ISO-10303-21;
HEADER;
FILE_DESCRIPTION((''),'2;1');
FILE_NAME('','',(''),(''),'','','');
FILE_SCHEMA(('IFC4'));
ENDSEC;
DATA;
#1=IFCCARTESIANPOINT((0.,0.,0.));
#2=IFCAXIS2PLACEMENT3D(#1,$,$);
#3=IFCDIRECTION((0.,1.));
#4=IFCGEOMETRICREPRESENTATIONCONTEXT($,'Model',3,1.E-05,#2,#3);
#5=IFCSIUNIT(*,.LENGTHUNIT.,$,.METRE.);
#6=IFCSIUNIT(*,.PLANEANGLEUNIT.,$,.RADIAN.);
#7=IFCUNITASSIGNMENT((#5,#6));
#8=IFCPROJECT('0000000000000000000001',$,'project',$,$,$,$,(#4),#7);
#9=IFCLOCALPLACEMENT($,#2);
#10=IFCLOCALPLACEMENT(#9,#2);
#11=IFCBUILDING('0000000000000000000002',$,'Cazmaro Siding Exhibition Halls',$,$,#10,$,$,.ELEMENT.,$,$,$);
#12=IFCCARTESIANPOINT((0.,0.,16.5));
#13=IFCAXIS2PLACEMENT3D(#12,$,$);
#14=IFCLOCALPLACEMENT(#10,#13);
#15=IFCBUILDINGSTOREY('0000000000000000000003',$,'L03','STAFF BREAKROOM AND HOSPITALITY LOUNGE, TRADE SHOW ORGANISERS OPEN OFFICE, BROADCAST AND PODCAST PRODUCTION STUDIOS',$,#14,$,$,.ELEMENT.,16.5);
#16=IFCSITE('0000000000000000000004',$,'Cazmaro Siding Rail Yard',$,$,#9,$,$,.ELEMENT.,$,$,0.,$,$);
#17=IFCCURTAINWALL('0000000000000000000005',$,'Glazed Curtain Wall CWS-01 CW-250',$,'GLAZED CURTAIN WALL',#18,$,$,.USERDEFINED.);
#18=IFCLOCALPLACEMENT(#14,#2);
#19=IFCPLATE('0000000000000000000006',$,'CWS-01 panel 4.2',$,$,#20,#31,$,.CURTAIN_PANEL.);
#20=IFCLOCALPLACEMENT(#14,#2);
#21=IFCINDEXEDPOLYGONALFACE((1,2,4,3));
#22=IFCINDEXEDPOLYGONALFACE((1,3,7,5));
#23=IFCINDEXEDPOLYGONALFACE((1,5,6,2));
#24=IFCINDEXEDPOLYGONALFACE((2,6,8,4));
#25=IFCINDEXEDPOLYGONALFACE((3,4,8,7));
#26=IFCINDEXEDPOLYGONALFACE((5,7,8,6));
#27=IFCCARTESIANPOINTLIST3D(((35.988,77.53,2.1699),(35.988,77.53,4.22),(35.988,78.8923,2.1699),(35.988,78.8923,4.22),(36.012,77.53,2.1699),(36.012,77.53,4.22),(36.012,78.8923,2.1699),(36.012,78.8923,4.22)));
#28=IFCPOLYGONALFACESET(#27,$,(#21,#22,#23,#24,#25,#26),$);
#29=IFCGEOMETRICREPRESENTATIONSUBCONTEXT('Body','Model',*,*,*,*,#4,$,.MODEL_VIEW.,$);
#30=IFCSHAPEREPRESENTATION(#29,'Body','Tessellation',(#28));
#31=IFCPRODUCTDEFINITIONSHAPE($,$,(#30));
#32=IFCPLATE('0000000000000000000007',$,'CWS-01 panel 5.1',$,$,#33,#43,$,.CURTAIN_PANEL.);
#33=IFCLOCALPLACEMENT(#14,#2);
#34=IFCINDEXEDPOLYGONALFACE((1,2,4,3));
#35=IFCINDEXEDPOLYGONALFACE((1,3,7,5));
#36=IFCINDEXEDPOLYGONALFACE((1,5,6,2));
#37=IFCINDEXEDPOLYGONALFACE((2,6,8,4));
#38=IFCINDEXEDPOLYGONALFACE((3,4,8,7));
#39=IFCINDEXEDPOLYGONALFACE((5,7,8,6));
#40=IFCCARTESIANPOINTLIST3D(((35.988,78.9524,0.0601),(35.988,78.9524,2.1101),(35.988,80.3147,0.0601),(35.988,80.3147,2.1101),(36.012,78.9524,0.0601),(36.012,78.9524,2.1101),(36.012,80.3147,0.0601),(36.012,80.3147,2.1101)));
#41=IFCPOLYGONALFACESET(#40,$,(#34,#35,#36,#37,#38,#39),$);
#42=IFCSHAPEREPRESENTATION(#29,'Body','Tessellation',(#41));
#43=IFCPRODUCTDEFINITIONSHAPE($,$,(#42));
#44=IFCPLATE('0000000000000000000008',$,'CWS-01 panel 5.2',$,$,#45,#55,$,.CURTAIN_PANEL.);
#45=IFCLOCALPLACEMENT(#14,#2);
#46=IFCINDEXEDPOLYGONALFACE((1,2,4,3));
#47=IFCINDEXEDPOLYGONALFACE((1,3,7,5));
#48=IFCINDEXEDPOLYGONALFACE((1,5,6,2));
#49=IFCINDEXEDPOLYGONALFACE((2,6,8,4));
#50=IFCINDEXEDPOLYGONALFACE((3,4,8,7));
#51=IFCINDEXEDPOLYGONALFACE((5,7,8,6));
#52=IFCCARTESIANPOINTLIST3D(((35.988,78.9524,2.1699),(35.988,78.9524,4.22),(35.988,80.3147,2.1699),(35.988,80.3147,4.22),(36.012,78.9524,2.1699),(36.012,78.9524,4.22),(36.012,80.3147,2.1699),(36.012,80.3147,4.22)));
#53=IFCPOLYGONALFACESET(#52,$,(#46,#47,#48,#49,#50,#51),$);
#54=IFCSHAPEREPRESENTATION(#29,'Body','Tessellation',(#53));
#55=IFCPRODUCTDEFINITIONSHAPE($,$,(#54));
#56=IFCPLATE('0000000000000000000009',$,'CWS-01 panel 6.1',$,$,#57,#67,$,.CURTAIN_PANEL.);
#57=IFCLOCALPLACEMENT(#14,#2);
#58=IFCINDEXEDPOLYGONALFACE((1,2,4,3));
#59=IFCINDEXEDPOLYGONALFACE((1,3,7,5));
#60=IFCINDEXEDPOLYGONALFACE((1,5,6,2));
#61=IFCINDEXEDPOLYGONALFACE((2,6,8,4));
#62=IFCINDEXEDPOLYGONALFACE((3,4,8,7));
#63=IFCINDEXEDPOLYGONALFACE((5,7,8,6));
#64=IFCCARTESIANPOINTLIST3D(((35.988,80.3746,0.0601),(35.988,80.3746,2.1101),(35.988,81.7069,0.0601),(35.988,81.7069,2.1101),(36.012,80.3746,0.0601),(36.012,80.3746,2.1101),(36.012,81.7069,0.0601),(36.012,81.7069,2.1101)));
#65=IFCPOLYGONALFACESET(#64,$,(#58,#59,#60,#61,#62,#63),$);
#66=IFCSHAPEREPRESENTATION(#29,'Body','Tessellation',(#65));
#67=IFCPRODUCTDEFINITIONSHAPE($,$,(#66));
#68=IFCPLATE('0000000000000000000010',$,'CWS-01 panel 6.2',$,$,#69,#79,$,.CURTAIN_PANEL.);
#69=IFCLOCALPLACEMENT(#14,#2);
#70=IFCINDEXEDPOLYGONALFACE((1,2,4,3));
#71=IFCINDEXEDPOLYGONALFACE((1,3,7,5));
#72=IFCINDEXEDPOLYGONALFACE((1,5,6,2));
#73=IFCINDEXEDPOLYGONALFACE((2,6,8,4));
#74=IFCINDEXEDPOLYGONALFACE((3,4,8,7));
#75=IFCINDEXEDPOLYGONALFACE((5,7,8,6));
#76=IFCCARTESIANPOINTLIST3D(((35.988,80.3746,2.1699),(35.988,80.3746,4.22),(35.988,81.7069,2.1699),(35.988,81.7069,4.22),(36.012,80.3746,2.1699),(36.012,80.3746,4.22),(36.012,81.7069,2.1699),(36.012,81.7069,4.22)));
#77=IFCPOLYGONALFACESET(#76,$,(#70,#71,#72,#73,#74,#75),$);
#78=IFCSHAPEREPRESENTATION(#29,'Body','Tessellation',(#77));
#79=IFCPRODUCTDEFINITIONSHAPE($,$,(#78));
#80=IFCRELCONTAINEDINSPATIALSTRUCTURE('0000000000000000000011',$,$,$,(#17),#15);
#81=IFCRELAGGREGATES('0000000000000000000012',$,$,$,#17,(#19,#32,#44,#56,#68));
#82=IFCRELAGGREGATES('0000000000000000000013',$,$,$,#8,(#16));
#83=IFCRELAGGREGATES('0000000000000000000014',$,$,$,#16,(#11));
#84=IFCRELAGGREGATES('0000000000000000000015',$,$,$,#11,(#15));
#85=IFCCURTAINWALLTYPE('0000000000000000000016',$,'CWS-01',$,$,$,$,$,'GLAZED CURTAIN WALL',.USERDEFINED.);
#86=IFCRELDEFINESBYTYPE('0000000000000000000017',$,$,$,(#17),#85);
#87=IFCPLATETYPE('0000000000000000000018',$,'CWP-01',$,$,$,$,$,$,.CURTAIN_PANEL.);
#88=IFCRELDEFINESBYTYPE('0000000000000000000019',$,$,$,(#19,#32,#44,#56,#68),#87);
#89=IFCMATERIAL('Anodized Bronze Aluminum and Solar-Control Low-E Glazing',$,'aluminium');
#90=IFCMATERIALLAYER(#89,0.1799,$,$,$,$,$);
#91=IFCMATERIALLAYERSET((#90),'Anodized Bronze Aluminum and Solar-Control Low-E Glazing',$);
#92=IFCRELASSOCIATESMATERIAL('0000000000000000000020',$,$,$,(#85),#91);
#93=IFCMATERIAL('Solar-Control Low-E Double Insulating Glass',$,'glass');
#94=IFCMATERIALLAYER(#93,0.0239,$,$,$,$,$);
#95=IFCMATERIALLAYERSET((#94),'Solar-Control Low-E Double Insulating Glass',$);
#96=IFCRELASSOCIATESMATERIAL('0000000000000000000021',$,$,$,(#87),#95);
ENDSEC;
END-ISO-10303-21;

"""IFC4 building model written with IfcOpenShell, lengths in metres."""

from ifc_helpers import new_model, si_unit, direction, frame, origin, origin_2d, place, context, subcontext, project, spatial, rectangle, extrude, material, layer, layer_set, type_object, element, aggregate, save


model = new_model("IFC4")

# Units and contexts
model_context = context("Model", 3, precision=1e-05, world=origin(), true_north=direction((0.0, 1.0)))
body_context = subcontext(model_context, "Body", "Model", "MODEL_VIEW")
ifc_project = project(units=[si_unit("LENGTHUNIT", "METRE"), si_unit("PLANEANGLEUNIT", "RADIAN")], contexts=[model_context])

# Site, building, storey
site_placement = place(None, origin())
site = spatial("IfcSite", under=ifc_project, at=site_placement, Name="Cazmaro Siding Rail Yard", CompositionType="ELEMENT", RefElevation=0.0)
building_placement = place(site_placement, origin())
building = spatial("IfcBuilding", under=site, at=building_placement, Name="Cazmaro Siding Exhibition Halls", CompositionType="ELEMENT")
storey_placement = place(building_placement, frame((0.0, 0.0, 16.5)))
storey = spatial("IfcBuildingStorey", under=building, at=storey_placement, Name="L03", Description="STAFF BREAKROOM AND HOSPITALITY LOUNGE, TRADE SHOW ORGANISERS OPEN OFFICE, BROADCAST AND PODCAST PRODUCTION STUDIOS", CompositionType="ELEMENT", Elevation=16.5)

# Curtain wall
ifc_material_1 = material(Name="Anodized Bronze Aluminum and Solar-Control Low-E Glazing", Category="aluminium")
ifc_layer_1 = layer(ifc_material_1, 0.1799)
ifc_layer_set_1 = layer_set([ifc_layer_1], Name="Anodized Bronze Aluminum and Solar-Control Low-E Glazing")
curtain_wall_type = type_object("IfcCurtainWallType", Name="CWS-01", ElementType="GLAZED CURTAIN WALL", PredefinedType="USERDEFINED", material=ifc_layer_set_1)
curtain_wall_1_placement = place(storey_placement, origin())
curtain_wall_1 = element("IfcCurtainWall", 1, at=curtain_wall_1_placement, inside=storey, type_object=curtain_wall_type, Name="Glazed Curtain Wall CWS-01 CW-250", ObjectType="GLAZED CURTAIN WALL", PredefinedType="USERDEFINED")

# Plates
ifc_material_2 = material(Name="Solar-Control Low-E Double Insulating Glass", Category="glass")
ifc_layer_2 = layer(ifc_material_2, 0.0239)
ifc_layer_set_2 = layer_set([ifc_layer_2], Name="Solar-Control Low-E Double Insulating Glass")
plate_type = type_object("IfcPlateType", Name="CWP-01", PredefinedType="CURTAIN_PANEL", material=ifc_layer_set_2)
plate_1_placement = place(storey_placement, frame((36.0, 78.2112, 2.1699), z_axis=(0.0, 0.0, 1.0), x_axis=(0.0, 1.0, 0.0)))
plate_1 = element("IfcPlate", 2, at=plate_1_placement, type_object=plate_type, Name="CWS-01 panel 4.2", PredefinedType="CURTAIN_PANEL", context=body_context, shape_type="SweptSolid", body=[
    extrude(rectangle(XDim=1.3623, YDim=0.0239, at=origin_2d()), origin(), (0.0, 0.0, 1.0), 2.05),
])
plate_2_placement = place(storey_placement, frame((36.0, 79.6335, 0.0601), z_axis=(0.0, 0.0, 1.0), x_axis=(0.0, 1.0, 0.0)))
plate_2 = element("IfcPlate", 3, at=plate_2_placement, type_object=plate_type, Name="CWS-01 panel 5.1", PredefinedType="CURTAIN_PANEL", context=body_context, shape_type="SweptSolid", body=[
    extrude(rectangle(XDim=1.3623, YDim=0.0239, at=origin_2d()), origin(), (0.0, 0.0, 1.0), 2.05),
])
plate_3_placement = place(storey_placement, frame((36.0, 79.6335, 2.1699), z_axis=(0.0, 0.0, 1.0), x_axis=(0.0, 1.0, 0.0)))
plate_3 = element("IfcPlate", 4, at=plate_3_placement, type_object=plate_type, Name="CWS-01 panel 5.2", PredefinedType="CURTAIN_PANEL", context=body_context, shape_type="SweptSolid", body=[
    extrude(rectangle(XDim=1.3623, YDim=0.0239, at=origin_2d()), origin(), (0.0, 0.0, 1.0), 2.05),
])
plate_4_placement = place(storey_placement, frame((36.0, 81.0408, 0.0601), z_axis=(0.0, 0.0, 1.0), x_axis=(0.0, 1.0, 0.0)))
plate_4 = element("IfcPlate", 5, at=plate_4_placement, type_object=plate_type, Name="CWS-01 panel 6.1", PredefinedType="CURTAIN_PANEL", context=body_context, shape_type="SweptSolid", body=[
    extrude(rectangle(XDim=1.3323, YDim=0.0239, at=origin_2d()), origin(), (0.0, 0.0, 1.0), 2.05),
])
plate_5_placement = place(storey_placement, frame((36.0, 81.0408, 2.1699), z_axis=(0.0, 0.0, 1.0), x_axis=(0.0, 1.0, 0.0)))
plate_5 = element("IfcPlate", 6, at=plate_5_placement, type_object=plate_type, Name="CWS-01 panel 6.2", PredefinedType="CURTAIN_PANEL", context=body_context, shape_type="SweptSolid", body=[
    extrude(rectangle(XDim=1.3323, YDim=0.0239, at=origin_2d()), origin(), (0.0, 0.0, 1.0), 2.05),
])
aggregate(curtain_wall_1, [plate_1, plate_2, plate_3, plate_4, plate_5])

save(model, "model.ifc")
